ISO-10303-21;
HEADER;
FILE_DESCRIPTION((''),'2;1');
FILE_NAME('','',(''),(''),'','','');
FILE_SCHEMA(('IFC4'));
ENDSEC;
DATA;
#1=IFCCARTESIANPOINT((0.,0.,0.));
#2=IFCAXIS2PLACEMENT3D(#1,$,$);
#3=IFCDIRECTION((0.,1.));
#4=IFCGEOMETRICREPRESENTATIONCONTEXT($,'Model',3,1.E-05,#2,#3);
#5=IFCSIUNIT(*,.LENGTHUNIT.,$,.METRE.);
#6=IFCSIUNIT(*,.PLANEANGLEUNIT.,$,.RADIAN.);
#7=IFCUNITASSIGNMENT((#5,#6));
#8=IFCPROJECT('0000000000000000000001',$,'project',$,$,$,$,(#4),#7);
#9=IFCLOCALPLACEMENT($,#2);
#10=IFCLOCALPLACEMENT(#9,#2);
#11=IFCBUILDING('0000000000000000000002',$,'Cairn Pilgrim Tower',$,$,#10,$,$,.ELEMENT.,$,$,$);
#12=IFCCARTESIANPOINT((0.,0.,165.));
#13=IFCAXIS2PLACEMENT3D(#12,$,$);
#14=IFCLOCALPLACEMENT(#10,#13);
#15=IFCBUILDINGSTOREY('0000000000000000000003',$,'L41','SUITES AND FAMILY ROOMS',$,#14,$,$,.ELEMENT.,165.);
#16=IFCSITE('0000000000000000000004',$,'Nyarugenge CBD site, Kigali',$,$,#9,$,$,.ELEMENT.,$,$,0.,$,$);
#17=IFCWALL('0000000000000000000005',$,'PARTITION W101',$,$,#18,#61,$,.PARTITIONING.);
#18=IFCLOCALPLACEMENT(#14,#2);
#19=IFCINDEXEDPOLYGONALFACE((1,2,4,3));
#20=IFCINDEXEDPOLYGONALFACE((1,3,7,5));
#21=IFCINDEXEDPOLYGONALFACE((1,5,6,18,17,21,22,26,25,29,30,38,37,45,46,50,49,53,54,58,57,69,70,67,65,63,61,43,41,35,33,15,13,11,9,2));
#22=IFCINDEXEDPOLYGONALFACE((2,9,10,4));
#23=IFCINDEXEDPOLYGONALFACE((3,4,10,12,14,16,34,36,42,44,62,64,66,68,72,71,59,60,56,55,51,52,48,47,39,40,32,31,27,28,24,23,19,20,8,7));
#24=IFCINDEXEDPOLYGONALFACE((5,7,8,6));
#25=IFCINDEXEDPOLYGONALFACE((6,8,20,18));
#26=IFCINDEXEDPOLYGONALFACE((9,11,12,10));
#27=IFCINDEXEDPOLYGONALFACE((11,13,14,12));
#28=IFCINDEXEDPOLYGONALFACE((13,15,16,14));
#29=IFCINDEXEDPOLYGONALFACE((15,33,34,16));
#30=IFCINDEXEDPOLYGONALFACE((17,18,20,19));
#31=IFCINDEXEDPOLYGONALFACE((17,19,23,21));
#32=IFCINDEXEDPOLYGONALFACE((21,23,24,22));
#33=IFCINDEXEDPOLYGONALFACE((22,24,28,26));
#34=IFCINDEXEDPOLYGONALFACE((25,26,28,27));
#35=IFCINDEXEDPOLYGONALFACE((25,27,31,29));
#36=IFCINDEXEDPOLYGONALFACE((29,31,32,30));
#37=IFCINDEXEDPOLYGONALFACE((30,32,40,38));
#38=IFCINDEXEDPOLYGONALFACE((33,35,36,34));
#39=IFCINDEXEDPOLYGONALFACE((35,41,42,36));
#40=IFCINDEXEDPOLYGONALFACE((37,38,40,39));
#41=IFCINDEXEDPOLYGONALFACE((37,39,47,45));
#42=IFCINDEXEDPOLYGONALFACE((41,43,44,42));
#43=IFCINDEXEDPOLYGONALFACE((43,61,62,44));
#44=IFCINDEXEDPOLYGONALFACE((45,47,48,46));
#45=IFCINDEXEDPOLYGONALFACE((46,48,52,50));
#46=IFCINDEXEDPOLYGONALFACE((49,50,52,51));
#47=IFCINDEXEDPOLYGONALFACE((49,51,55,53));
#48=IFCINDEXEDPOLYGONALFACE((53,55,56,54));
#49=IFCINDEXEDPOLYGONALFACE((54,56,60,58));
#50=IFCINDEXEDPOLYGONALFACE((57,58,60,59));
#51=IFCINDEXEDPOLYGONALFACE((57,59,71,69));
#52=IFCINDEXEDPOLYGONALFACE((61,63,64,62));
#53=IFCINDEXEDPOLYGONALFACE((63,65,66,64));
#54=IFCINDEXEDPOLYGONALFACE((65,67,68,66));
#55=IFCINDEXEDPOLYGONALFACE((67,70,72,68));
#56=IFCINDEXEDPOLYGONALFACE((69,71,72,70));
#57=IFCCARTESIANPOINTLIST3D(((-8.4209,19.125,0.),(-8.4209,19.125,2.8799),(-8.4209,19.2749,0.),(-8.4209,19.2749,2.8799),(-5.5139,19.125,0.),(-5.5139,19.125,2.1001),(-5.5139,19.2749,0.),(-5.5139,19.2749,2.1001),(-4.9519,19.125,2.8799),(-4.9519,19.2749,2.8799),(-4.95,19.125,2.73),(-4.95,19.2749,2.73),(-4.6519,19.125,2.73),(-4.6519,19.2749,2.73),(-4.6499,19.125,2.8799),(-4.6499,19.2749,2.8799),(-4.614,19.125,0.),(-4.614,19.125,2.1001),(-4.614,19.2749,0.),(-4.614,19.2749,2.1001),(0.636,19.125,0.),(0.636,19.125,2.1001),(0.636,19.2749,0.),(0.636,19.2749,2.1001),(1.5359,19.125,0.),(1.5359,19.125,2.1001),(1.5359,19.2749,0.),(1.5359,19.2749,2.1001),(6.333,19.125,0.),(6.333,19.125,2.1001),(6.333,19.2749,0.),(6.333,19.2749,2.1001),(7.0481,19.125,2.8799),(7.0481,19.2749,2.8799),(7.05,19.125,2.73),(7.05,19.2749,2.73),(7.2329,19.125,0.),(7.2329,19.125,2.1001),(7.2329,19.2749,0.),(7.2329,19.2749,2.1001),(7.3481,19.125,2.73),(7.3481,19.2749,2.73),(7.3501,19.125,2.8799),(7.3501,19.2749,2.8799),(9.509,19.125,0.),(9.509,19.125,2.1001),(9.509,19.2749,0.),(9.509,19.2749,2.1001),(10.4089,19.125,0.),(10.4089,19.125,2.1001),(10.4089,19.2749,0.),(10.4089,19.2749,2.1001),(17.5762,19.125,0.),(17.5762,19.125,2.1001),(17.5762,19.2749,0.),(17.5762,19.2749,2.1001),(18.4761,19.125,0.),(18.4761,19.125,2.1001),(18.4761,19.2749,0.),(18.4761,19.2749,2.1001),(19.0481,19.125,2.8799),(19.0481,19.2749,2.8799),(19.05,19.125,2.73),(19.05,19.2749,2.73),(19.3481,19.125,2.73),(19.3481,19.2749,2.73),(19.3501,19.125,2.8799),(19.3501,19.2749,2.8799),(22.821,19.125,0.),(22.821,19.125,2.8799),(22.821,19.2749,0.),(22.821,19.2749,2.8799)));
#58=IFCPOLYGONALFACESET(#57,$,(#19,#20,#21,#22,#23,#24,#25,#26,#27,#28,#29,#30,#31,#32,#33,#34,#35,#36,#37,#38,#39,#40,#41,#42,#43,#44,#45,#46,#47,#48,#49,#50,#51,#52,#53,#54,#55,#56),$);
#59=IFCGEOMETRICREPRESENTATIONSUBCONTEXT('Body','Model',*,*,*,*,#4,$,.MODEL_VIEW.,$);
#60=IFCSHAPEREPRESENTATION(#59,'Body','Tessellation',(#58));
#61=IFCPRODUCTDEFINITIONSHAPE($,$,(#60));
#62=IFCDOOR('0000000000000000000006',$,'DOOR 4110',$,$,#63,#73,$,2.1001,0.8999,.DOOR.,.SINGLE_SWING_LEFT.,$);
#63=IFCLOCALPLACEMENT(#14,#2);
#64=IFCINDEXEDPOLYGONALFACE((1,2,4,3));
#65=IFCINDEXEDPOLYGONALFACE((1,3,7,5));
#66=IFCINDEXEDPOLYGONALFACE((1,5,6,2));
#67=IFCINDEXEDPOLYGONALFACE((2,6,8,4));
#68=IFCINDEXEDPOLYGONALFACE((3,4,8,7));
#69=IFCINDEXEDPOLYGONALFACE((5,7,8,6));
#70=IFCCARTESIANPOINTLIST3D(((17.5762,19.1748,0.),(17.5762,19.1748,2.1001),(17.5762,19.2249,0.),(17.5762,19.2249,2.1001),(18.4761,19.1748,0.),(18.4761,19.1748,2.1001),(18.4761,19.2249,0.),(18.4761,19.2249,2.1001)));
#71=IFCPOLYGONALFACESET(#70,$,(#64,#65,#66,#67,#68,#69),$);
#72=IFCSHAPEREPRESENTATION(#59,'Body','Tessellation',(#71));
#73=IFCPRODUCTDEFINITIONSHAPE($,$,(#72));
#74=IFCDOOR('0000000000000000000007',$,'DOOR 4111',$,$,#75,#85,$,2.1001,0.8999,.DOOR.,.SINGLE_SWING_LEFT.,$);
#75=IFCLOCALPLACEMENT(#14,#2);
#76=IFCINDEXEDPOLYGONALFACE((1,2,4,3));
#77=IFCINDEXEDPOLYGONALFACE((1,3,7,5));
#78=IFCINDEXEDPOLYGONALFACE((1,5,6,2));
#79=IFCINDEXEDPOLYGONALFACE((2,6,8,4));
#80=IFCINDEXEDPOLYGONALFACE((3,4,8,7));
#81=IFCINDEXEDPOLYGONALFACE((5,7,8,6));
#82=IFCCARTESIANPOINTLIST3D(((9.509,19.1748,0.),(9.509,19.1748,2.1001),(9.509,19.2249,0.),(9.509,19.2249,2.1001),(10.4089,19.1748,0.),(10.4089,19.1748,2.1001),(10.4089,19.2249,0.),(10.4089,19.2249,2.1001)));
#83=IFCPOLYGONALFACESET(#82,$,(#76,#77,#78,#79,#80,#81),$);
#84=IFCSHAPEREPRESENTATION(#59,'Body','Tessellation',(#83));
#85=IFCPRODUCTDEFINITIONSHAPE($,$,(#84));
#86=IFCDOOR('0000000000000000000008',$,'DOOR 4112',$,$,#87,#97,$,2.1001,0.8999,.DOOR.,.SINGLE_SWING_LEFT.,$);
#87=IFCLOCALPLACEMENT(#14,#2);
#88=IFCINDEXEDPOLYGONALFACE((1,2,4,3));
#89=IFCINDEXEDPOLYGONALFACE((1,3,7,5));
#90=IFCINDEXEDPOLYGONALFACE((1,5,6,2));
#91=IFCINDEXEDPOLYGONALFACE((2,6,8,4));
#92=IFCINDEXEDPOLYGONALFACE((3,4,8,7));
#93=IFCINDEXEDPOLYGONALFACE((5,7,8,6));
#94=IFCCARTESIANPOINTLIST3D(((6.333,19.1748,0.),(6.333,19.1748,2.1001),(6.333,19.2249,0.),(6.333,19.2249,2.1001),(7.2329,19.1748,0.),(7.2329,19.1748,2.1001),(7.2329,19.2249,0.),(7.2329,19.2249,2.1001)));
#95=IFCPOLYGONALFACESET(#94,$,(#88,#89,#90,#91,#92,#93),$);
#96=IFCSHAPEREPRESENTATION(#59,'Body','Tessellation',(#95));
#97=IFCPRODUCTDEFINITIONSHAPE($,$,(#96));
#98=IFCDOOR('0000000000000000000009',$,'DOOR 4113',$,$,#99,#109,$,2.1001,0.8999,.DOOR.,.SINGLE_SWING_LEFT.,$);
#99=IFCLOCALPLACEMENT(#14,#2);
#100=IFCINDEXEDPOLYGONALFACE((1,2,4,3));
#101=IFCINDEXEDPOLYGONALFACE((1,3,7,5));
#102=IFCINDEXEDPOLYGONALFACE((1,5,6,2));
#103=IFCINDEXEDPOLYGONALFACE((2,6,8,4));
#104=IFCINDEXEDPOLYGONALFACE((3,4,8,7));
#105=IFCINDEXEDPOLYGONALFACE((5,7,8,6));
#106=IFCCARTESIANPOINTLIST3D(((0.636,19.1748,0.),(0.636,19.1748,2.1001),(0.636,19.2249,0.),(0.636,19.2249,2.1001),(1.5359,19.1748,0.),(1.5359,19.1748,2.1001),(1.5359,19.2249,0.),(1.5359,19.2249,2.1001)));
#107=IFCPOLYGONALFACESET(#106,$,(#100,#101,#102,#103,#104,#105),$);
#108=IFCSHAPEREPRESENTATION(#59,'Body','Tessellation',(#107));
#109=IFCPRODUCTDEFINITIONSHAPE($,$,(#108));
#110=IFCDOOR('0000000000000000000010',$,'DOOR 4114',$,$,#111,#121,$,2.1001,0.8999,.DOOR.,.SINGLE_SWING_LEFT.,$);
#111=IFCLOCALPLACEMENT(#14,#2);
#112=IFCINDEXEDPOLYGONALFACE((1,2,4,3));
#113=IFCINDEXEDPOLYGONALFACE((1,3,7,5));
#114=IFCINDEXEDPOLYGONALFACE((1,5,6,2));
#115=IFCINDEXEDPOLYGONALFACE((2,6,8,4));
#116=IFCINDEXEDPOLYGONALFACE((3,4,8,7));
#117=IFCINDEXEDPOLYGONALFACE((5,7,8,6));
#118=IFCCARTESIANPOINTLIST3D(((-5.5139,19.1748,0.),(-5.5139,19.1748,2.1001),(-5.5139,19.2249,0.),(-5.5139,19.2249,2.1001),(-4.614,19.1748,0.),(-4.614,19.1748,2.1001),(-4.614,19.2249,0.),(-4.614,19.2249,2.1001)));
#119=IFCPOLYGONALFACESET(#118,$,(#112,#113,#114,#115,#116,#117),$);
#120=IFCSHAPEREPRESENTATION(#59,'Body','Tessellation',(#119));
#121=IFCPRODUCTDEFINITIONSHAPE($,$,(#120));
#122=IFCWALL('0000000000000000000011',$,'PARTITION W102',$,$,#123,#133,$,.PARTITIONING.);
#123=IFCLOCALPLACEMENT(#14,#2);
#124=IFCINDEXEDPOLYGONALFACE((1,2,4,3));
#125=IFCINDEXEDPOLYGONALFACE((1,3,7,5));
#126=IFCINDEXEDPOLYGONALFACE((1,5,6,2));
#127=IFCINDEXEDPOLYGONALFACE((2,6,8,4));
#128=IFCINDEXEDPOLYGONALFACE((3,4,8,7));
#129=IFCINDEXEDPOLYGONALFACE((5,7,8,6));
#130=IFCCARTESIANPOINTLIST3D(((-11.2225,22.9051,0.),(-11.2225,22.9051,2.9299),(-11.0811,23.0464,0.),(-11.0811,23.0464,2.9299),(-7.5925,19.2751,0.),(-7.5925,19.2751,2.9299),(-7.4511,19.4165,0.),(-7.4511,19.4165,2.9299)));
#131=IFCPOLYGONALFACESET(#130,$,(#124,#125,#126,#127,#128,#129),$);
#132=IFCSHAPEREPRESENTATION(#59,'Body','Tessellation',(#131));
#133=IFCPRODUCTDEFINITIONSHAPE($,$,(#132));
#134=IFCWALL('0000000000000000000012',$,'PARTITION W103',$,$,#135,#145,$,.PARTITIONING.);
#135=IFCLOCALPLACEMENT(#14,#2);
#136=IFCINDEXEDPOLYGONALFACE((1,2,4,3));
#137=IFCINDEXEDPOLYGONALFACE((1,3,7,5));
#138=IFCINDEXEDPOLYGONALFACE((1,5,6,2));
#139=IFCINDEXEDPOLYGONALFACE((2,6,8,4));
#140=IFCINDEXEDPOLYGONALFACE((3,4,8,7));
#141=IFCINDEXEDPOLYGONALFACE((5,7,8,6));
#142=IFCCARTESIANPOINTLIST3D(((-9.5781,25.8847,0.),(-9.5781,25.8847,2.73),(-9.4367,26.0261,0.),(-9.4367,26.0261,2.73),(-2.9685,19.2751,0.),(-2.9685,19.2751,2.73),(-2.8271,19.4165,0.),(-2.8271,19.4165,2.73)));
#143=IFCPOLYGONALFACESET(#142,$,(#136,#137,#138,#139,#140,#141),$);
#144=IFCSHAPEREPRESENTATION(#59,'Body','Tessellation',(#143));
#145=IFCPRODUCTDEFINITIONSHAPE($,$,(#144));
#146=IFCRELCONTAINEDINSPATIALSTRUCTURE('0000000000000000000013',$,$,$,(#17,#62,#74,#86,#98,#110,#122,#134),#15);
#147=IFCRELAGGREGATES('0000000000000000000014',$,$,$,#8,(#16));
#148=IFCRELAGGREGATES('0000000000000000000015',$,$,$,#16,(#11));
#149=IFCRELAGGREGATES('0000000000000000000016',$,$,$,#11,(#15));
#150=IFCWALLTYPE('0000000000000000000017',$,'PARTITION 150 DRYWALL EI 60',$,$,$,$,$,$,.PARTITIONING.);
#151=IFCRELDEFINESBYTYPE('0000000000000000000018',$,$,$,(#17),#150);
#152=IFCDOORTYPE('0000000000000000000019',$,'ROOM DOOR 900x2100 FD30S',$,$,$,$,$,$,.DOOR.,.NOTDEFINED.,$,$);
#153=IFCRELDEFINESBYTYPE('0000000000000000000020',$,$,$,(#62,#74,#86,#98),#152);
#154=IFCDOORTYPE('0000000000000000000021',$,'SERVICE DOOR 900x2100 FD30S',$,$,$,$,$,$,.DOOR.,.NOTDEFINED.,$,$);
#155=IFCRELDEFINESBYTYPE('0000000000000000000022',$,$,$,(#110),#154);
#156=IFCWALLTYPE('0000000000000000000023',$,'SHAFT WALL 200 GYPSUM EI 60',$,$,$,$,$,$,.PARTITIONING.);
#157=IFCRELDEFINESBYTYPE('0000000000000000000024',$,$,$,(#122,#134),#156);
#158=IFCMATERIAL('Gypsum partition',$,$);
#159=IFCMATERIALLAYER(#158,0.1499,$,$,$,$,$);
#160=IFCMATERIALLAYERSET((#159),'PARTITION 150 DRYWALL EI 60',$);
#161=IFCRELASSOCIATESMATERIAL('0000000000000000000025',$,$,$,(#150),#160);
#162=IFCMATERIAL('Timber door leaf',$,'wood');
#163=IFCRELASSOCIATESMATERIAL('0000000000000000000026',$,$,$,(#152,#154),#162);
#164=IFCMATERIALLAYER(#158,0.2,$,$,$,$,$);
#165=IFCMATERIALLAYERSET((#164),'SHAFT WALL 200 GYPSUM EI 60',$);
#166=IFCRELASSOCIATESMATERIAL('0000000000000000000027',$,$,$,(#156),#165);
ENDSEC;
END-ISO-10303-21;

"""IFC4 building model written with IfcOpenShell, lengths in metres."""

from ifc_helpers import new_model, si_unit, direction, frame, frame_2d, origin, place, context, subcontext, project, spatial, polyline, rectangle, outline, extrude, material, layer, layer_set, type_object, element, fill, save


model = new_model("IFC4")

# Units and contexts
model_context = context("Model", 3, precision=1e-05, world=origin(), true_north=direction((0.0, 1.0)))
body_context = subcontext(model_context, "Body", "Model", "MODEL_VIEW")
ifc_project = project(units=[si_unit("LENGTHUNIT", "METRE"), si_unit("PLANEANGLEUNIT", "RADIAN")], contexts=[model_context])

# Site, building, storey
site_placement = place(None, origin())
site = spatial("IfcSite", under=ifc_project, at=site_placement, Name="Nyarugenge CBD site, Kigali", CompositionType="ELEMENT", RefElevation=0.0)
building_placement = place(site_placement, origin())
building = spatial("IfcBuilding", under=site, at=building_placement, Name="Cairn Pilgrim Tower", CompositionType="ELEMENT")
storey_placement = place(building_placement, frame((0.0, 0.0, 165.0)))
storey = spatial("IfcBuildingStorey", under=building, at=storey_placement, Name="L41", Description="SUITES AND FAMILY ROOMS", CompositionType="ELEMENT", Elevation=165.0)

# Shared definitions
ifc_material_1 = material(Name="Gypsum partition")
ifc_layer_1 = layer(ifc_material_1, 0.1499)
ifc_layer_set_1 = layer_set([ifc_layer_1], Name="PARTITION 150 DRYWALL EI 60")
wall_type_1 = type_object("IfcWallType", Name="PARTITION 150 DRYWALL EI 60", PredefinedType="PARTITIONING", material=ifc_layer_set_1)

# Wall, openings, doors
wall_1_placement = place(storey_placement, frame((-8.4209, 19.2, 0.0), z_axis=(0.0, 0.0, 1.0), x_axis=(1.0, 0.0, 0.0)))
wall_1 = element("IfcWall", 1, at=wall_1_placement, inside=storey, type_object=wall_type_1, Name="PARTITION W101", PredefinedType="PARTITIONING", context=body_context, shape_type="SweptSolid", body=[
    extrude(outline(polyline([(0.0, 0.0), (31.2419, 0.0), (31.2419, 2.8799), (27.771, 2.8799), (27.769, 2.73), (27.4709, 2.73), (27.469, 2.8799), (15.771, 2.8799), (15.769, 2.73), (15.4709, 2.73), (15.469, 2.8799), (3.771, 2.8799), (3.769, 2.73), (3.4709, 2.73), (3.469, 2.8799), (0.0, 2.8799), (0.0, 0.0)])), frame((0.0, 0.075, 0.0), z_axis=(0.0, -1.0, 0.0), x_axis=(1.0, 0.0, 0.0)), (0.0, 0.0, 1.0), 0.1499),
])
opening_1_placement = place(wall_1_placement, frame((25.9971, 0.0, 0.0)))
opening_1 = element("IfcOpeningElement", 2, at=opening_1_placement, cuts=wall_1, PredefinedType="OPENING", context=body_context, shape_type="SweptSolid", body=[
    extrude(rectangle(XDim=0.8999, YDim=2.1001, at=frame_2d((0.45, 1.05))), frame((0.0, 0.085, 0.0), z_axis=(0.0, -1.0, 0.0), x_axis=(1.0, 0.0, 0.0)), (0.0, 0.0, 1.0), 0.1699),
])
opening_2_placement = place(wall_1_placement, frame((17.9299, 0.0, 0.0)))
opening_2 = element("IfcOpeningElement", 3, at=opening_2_placement, cuts=wall_1, PredefinedType="OPENING", context=body_context, shape_type="SweptSolid", body=[
    extrude(rectangle(XDim=0.8999, YDim=2.1001, at=frame_2d((0.45, 1.05))), frame((0.0, 0.085, 0.0), z_axis=(0.0, -1.0, 0.0), x_axis=(1.0, 0.0, 0.0)), (0.0, 0.0, 1.0), 0.1699),
])
opening_3_placement = place(wall_1_placement, frame((14.7539, 0.0, 0.0)))
opening_3 = element("IfcOpeningElement", 4, at=opening_3_placement, cuts=wall_1, PredefinedType="OPENING", context=body_context, shape_type="SweptSolid", body=[
    extrude(rectangle(XDim=0.8999, YDim=2.1001, at=frame_2d((0.45, 1.05))), frame((0.0, 0.085, 0.0), z_axis=(0.0, -1.0, 0.0), x_axis=(1.0, 0.0, 0.0)), (0.0, 0.0, 1.0), 0.1699),
])
opening_4_placement = place(wall_1_placement, frame((9.0569, 0.0, 0.0)))
opening_4 = element("IfcOpeningElement", 5, at=opening_4_placement, cuts=wall_1, PredefinedType="OPENING", context=body_context, shape_type="SweptSolid", body=[
    extrude(rectangle(XDim=0.8999, YDim=2.1001, at=frame_2d((0.45, 1.05))), frame((0.0, 0.085, 0.0), z_axis=(0.0, -1.0, 0.0), x_axis=(1.0, 0.0, 0.0)), (0.0, 0.0, 1.0), 0.1699),
])
opening_5_placement = place(wall_1_placement, frame((2.907, 0.0, 0.0)))
opening_5 = element("IfcOpeningElement", 6, at=opening_5_placement, cuts=wall_1, PredefinedType="OPENING", context=body_context, shape_type="SweptSolid", body=[
    extrude(rectangle(XDim=0.8999, YDim=2.1001, at=frame_2d((0.45, 1.05))), frame((0.0, 0.085, 0.0), z_axis=(0.0, -1.0, 0.0), x_axis=(1.0, 0.0, 0.0)), (0.0, 0.0, 1.0), 0.1699),
])
ifc_material_2 = material(Name="Timber door leaf", Category="wood")
door_type_1 = type_object("IfcDoorType", Name="ROOM DOOR 900x2100 FD30S", OperationType="NOTDEFINED", PredefinedType="DOOR", material=ifc_material_2)
door_1_placement = place(opening_1_placement, origin())
door_1 = element("IfcDoor", 7, at=door_1_placement, inside=storey, type_object=door_type_1, Name="DOOR 4110", OperationType="SINGLE_SWING_LEFT", OverallHeight=2.1001, OverallWidth=0.8999, PredefinedType="DOOR", context=body_context, shape_type="SweptSolid", body=[
    extrude(rectangle(XDim=0.8999, YDim=2.1001, at=frame_2d((0.45, 1.05))), frame((0.0, 0.0249, 0.0), z_axis=(0.0, -1.0, 0.0), x_axis=(1.0, 0.0, 0.0)), (0.0, 0.0, 1.0), 0.05),
])
fill(opening_1, door_1)
door_2_placement = place(opening_2_placement, origin())
door_2 = element("IfcDoor", 8, at=door_2_placement, inside=storey, type_object=door_type_1, Name="DOOR 4111", OperationType="SINGLE_SWING_LEFT", OverallHeight=2.1001, OverallWidth=0.8999, PredefinedType="DOOR", context=body_context, shape_type="SweptSolid", body=[
    extrude(rectangle(XDim=0.8999, YDim=2.1001, at=frame_2d((0.45, 1.05))), frame((0.0, 0.0249, 0.0), z_axis=(0.0, -1.0, 0.0), x_axis=(1.0, 0.0, 0.0)), (0.0, 0.0, 1.0), 0.05),
])
fill(opening_2, door_2)
door_3_placement = place(opening_3_placement, origin())
door_3 = element("IfcDoor", 9, at=door_3_placement, inside=storey, type_object=door_type_1, Name="DOOR 4112", OperationType="SINGLE_SWING_LEFT", OverallHeight=2.1001, OverallWidth=0.8999, PredefinedType="DOOR", context=body_context, shape_type="SweptSolid", body=[
    extrude(rectangle(XDim=0.8999, YDim=2.1001, at=frame_2d((0.45, 1.05))), frame((0.0, 0.0249, 0.0), z_axis=(0.0, -1.0, 0.0), x_axis=(1.0, 0.0, 0.0)), (0.0, 0.0, 1.0), 0.05),
])
fill(opening_3, door_3)
door_4_placement = place(opening_4_placement, origin())
door_4 = element("IfcDoor", 10, at=door_4_placement, inside=storey, type_object=door_type_1, Name="DOOR 4113", OperationType="SINGLE_SWING_LEFT", OverallHeight=2.1001, OverallWidth=0.8999, PredefinedType="DOOR", context=body_context, shape_type="SweptSolid", body=[
    extrude(rectangle(XDim=0.8999, YDim=2.1001, at=frame_2d((0.45, 1.05))), frame((0.0, 0.0249, 0.0), z_axis=(0.0, -1.0, 0.0), x_axis=(1.0, 0.0, 0.0)), (0.0, 0.0, 1.0), 0.05),
])
fill(opening_4, door_4)
door_type_2 = type_object("IfcDoorType", Name="SERVICE DOOR 900x2100 FD30S", OperationType="NOTDEFINED", PredefinedType="DOOR", material=ifc_material_2)
door_5_placement = place(opening_5_placement, origin())
door_5 = element("IfcDoor", 11, at=door_5_placement, inside=storey, type_object=door_type_2, Name="DOOR 4114", OperationType="SINGLE_SWING_LEFT", OverallHeight=2.1001, OverallWidth=0.8999, PredefinedType="DOOR", context=body_context, shape_type="SweptSolid", body=[
    extrude(rectangle(XDim=0.8999, YDim=2.1001, at=frame_2d((0.45, 1.05))), frame((0.0, 0.0249, 0.0), z_axis=(0.0, -1.0, 0.0), x_axis=(1.0, 0.0, 0.0)), (0.0, 0.0, 1.0), 0.05),
])
fill(opening_5, door_5)

# Walls
ifc_layer_2 = layer(ifc_material_1, 0.2)
ifc_layer_set_2 = layer_set([ifc_layer_2], Name="SHAFT WALL 200 GYPSUM EI 60")
wall_type_2 = type_object("IfcWallType", Name="SHAFT WALL 200 GYPSUM EI 60", PredefinedType="PARTITIONING", material=ifc_layer_set_2)
wall_2_placement = place(storey_placement, frame((-7.5217, 19.3457, 0.0), z_axis=(0.0, 0.0, 1.0), x_axis=(-0.707107, 0.707107, 0.0)))
element("IfcWall", 12, at=wall_2_placement, inside=storey, type_object=wall_type_2, Name="PARTITION W102", PredefinedType="PARTITIONING", context=body_context, shape_type="SweptSolid", body=[
    extrude(rectangle(XDim=5.1335, YDim=0.2, at=frame_2d((2.5669, 0.0))), origin(), (0.0, 0.0, 1.0), 2.9299),
])
wall_3_placement = place(storey_placement, frame((-2.8977, 19.3457, 0.0), z_axis=(0.0, 0.0, 1.0), x_axis=(-0.707107, 0.707107, 0.0)))
element("IfcWall", 13, at=wall_3_placement, inside=storey, type_object=wall_type_2, Name="PARTITION W103", PredefinedType="PARTITIONING", context=body_context, shape_type="SweptSolid", body=[
    extrude(rectangle(XDim=9.3474, YDim=0.2, at=frame_2d((4.6738, 0.0))), origin(), (0.0, 0.0, 1.0), 2.73),
])

save(model, "model.ifc")
